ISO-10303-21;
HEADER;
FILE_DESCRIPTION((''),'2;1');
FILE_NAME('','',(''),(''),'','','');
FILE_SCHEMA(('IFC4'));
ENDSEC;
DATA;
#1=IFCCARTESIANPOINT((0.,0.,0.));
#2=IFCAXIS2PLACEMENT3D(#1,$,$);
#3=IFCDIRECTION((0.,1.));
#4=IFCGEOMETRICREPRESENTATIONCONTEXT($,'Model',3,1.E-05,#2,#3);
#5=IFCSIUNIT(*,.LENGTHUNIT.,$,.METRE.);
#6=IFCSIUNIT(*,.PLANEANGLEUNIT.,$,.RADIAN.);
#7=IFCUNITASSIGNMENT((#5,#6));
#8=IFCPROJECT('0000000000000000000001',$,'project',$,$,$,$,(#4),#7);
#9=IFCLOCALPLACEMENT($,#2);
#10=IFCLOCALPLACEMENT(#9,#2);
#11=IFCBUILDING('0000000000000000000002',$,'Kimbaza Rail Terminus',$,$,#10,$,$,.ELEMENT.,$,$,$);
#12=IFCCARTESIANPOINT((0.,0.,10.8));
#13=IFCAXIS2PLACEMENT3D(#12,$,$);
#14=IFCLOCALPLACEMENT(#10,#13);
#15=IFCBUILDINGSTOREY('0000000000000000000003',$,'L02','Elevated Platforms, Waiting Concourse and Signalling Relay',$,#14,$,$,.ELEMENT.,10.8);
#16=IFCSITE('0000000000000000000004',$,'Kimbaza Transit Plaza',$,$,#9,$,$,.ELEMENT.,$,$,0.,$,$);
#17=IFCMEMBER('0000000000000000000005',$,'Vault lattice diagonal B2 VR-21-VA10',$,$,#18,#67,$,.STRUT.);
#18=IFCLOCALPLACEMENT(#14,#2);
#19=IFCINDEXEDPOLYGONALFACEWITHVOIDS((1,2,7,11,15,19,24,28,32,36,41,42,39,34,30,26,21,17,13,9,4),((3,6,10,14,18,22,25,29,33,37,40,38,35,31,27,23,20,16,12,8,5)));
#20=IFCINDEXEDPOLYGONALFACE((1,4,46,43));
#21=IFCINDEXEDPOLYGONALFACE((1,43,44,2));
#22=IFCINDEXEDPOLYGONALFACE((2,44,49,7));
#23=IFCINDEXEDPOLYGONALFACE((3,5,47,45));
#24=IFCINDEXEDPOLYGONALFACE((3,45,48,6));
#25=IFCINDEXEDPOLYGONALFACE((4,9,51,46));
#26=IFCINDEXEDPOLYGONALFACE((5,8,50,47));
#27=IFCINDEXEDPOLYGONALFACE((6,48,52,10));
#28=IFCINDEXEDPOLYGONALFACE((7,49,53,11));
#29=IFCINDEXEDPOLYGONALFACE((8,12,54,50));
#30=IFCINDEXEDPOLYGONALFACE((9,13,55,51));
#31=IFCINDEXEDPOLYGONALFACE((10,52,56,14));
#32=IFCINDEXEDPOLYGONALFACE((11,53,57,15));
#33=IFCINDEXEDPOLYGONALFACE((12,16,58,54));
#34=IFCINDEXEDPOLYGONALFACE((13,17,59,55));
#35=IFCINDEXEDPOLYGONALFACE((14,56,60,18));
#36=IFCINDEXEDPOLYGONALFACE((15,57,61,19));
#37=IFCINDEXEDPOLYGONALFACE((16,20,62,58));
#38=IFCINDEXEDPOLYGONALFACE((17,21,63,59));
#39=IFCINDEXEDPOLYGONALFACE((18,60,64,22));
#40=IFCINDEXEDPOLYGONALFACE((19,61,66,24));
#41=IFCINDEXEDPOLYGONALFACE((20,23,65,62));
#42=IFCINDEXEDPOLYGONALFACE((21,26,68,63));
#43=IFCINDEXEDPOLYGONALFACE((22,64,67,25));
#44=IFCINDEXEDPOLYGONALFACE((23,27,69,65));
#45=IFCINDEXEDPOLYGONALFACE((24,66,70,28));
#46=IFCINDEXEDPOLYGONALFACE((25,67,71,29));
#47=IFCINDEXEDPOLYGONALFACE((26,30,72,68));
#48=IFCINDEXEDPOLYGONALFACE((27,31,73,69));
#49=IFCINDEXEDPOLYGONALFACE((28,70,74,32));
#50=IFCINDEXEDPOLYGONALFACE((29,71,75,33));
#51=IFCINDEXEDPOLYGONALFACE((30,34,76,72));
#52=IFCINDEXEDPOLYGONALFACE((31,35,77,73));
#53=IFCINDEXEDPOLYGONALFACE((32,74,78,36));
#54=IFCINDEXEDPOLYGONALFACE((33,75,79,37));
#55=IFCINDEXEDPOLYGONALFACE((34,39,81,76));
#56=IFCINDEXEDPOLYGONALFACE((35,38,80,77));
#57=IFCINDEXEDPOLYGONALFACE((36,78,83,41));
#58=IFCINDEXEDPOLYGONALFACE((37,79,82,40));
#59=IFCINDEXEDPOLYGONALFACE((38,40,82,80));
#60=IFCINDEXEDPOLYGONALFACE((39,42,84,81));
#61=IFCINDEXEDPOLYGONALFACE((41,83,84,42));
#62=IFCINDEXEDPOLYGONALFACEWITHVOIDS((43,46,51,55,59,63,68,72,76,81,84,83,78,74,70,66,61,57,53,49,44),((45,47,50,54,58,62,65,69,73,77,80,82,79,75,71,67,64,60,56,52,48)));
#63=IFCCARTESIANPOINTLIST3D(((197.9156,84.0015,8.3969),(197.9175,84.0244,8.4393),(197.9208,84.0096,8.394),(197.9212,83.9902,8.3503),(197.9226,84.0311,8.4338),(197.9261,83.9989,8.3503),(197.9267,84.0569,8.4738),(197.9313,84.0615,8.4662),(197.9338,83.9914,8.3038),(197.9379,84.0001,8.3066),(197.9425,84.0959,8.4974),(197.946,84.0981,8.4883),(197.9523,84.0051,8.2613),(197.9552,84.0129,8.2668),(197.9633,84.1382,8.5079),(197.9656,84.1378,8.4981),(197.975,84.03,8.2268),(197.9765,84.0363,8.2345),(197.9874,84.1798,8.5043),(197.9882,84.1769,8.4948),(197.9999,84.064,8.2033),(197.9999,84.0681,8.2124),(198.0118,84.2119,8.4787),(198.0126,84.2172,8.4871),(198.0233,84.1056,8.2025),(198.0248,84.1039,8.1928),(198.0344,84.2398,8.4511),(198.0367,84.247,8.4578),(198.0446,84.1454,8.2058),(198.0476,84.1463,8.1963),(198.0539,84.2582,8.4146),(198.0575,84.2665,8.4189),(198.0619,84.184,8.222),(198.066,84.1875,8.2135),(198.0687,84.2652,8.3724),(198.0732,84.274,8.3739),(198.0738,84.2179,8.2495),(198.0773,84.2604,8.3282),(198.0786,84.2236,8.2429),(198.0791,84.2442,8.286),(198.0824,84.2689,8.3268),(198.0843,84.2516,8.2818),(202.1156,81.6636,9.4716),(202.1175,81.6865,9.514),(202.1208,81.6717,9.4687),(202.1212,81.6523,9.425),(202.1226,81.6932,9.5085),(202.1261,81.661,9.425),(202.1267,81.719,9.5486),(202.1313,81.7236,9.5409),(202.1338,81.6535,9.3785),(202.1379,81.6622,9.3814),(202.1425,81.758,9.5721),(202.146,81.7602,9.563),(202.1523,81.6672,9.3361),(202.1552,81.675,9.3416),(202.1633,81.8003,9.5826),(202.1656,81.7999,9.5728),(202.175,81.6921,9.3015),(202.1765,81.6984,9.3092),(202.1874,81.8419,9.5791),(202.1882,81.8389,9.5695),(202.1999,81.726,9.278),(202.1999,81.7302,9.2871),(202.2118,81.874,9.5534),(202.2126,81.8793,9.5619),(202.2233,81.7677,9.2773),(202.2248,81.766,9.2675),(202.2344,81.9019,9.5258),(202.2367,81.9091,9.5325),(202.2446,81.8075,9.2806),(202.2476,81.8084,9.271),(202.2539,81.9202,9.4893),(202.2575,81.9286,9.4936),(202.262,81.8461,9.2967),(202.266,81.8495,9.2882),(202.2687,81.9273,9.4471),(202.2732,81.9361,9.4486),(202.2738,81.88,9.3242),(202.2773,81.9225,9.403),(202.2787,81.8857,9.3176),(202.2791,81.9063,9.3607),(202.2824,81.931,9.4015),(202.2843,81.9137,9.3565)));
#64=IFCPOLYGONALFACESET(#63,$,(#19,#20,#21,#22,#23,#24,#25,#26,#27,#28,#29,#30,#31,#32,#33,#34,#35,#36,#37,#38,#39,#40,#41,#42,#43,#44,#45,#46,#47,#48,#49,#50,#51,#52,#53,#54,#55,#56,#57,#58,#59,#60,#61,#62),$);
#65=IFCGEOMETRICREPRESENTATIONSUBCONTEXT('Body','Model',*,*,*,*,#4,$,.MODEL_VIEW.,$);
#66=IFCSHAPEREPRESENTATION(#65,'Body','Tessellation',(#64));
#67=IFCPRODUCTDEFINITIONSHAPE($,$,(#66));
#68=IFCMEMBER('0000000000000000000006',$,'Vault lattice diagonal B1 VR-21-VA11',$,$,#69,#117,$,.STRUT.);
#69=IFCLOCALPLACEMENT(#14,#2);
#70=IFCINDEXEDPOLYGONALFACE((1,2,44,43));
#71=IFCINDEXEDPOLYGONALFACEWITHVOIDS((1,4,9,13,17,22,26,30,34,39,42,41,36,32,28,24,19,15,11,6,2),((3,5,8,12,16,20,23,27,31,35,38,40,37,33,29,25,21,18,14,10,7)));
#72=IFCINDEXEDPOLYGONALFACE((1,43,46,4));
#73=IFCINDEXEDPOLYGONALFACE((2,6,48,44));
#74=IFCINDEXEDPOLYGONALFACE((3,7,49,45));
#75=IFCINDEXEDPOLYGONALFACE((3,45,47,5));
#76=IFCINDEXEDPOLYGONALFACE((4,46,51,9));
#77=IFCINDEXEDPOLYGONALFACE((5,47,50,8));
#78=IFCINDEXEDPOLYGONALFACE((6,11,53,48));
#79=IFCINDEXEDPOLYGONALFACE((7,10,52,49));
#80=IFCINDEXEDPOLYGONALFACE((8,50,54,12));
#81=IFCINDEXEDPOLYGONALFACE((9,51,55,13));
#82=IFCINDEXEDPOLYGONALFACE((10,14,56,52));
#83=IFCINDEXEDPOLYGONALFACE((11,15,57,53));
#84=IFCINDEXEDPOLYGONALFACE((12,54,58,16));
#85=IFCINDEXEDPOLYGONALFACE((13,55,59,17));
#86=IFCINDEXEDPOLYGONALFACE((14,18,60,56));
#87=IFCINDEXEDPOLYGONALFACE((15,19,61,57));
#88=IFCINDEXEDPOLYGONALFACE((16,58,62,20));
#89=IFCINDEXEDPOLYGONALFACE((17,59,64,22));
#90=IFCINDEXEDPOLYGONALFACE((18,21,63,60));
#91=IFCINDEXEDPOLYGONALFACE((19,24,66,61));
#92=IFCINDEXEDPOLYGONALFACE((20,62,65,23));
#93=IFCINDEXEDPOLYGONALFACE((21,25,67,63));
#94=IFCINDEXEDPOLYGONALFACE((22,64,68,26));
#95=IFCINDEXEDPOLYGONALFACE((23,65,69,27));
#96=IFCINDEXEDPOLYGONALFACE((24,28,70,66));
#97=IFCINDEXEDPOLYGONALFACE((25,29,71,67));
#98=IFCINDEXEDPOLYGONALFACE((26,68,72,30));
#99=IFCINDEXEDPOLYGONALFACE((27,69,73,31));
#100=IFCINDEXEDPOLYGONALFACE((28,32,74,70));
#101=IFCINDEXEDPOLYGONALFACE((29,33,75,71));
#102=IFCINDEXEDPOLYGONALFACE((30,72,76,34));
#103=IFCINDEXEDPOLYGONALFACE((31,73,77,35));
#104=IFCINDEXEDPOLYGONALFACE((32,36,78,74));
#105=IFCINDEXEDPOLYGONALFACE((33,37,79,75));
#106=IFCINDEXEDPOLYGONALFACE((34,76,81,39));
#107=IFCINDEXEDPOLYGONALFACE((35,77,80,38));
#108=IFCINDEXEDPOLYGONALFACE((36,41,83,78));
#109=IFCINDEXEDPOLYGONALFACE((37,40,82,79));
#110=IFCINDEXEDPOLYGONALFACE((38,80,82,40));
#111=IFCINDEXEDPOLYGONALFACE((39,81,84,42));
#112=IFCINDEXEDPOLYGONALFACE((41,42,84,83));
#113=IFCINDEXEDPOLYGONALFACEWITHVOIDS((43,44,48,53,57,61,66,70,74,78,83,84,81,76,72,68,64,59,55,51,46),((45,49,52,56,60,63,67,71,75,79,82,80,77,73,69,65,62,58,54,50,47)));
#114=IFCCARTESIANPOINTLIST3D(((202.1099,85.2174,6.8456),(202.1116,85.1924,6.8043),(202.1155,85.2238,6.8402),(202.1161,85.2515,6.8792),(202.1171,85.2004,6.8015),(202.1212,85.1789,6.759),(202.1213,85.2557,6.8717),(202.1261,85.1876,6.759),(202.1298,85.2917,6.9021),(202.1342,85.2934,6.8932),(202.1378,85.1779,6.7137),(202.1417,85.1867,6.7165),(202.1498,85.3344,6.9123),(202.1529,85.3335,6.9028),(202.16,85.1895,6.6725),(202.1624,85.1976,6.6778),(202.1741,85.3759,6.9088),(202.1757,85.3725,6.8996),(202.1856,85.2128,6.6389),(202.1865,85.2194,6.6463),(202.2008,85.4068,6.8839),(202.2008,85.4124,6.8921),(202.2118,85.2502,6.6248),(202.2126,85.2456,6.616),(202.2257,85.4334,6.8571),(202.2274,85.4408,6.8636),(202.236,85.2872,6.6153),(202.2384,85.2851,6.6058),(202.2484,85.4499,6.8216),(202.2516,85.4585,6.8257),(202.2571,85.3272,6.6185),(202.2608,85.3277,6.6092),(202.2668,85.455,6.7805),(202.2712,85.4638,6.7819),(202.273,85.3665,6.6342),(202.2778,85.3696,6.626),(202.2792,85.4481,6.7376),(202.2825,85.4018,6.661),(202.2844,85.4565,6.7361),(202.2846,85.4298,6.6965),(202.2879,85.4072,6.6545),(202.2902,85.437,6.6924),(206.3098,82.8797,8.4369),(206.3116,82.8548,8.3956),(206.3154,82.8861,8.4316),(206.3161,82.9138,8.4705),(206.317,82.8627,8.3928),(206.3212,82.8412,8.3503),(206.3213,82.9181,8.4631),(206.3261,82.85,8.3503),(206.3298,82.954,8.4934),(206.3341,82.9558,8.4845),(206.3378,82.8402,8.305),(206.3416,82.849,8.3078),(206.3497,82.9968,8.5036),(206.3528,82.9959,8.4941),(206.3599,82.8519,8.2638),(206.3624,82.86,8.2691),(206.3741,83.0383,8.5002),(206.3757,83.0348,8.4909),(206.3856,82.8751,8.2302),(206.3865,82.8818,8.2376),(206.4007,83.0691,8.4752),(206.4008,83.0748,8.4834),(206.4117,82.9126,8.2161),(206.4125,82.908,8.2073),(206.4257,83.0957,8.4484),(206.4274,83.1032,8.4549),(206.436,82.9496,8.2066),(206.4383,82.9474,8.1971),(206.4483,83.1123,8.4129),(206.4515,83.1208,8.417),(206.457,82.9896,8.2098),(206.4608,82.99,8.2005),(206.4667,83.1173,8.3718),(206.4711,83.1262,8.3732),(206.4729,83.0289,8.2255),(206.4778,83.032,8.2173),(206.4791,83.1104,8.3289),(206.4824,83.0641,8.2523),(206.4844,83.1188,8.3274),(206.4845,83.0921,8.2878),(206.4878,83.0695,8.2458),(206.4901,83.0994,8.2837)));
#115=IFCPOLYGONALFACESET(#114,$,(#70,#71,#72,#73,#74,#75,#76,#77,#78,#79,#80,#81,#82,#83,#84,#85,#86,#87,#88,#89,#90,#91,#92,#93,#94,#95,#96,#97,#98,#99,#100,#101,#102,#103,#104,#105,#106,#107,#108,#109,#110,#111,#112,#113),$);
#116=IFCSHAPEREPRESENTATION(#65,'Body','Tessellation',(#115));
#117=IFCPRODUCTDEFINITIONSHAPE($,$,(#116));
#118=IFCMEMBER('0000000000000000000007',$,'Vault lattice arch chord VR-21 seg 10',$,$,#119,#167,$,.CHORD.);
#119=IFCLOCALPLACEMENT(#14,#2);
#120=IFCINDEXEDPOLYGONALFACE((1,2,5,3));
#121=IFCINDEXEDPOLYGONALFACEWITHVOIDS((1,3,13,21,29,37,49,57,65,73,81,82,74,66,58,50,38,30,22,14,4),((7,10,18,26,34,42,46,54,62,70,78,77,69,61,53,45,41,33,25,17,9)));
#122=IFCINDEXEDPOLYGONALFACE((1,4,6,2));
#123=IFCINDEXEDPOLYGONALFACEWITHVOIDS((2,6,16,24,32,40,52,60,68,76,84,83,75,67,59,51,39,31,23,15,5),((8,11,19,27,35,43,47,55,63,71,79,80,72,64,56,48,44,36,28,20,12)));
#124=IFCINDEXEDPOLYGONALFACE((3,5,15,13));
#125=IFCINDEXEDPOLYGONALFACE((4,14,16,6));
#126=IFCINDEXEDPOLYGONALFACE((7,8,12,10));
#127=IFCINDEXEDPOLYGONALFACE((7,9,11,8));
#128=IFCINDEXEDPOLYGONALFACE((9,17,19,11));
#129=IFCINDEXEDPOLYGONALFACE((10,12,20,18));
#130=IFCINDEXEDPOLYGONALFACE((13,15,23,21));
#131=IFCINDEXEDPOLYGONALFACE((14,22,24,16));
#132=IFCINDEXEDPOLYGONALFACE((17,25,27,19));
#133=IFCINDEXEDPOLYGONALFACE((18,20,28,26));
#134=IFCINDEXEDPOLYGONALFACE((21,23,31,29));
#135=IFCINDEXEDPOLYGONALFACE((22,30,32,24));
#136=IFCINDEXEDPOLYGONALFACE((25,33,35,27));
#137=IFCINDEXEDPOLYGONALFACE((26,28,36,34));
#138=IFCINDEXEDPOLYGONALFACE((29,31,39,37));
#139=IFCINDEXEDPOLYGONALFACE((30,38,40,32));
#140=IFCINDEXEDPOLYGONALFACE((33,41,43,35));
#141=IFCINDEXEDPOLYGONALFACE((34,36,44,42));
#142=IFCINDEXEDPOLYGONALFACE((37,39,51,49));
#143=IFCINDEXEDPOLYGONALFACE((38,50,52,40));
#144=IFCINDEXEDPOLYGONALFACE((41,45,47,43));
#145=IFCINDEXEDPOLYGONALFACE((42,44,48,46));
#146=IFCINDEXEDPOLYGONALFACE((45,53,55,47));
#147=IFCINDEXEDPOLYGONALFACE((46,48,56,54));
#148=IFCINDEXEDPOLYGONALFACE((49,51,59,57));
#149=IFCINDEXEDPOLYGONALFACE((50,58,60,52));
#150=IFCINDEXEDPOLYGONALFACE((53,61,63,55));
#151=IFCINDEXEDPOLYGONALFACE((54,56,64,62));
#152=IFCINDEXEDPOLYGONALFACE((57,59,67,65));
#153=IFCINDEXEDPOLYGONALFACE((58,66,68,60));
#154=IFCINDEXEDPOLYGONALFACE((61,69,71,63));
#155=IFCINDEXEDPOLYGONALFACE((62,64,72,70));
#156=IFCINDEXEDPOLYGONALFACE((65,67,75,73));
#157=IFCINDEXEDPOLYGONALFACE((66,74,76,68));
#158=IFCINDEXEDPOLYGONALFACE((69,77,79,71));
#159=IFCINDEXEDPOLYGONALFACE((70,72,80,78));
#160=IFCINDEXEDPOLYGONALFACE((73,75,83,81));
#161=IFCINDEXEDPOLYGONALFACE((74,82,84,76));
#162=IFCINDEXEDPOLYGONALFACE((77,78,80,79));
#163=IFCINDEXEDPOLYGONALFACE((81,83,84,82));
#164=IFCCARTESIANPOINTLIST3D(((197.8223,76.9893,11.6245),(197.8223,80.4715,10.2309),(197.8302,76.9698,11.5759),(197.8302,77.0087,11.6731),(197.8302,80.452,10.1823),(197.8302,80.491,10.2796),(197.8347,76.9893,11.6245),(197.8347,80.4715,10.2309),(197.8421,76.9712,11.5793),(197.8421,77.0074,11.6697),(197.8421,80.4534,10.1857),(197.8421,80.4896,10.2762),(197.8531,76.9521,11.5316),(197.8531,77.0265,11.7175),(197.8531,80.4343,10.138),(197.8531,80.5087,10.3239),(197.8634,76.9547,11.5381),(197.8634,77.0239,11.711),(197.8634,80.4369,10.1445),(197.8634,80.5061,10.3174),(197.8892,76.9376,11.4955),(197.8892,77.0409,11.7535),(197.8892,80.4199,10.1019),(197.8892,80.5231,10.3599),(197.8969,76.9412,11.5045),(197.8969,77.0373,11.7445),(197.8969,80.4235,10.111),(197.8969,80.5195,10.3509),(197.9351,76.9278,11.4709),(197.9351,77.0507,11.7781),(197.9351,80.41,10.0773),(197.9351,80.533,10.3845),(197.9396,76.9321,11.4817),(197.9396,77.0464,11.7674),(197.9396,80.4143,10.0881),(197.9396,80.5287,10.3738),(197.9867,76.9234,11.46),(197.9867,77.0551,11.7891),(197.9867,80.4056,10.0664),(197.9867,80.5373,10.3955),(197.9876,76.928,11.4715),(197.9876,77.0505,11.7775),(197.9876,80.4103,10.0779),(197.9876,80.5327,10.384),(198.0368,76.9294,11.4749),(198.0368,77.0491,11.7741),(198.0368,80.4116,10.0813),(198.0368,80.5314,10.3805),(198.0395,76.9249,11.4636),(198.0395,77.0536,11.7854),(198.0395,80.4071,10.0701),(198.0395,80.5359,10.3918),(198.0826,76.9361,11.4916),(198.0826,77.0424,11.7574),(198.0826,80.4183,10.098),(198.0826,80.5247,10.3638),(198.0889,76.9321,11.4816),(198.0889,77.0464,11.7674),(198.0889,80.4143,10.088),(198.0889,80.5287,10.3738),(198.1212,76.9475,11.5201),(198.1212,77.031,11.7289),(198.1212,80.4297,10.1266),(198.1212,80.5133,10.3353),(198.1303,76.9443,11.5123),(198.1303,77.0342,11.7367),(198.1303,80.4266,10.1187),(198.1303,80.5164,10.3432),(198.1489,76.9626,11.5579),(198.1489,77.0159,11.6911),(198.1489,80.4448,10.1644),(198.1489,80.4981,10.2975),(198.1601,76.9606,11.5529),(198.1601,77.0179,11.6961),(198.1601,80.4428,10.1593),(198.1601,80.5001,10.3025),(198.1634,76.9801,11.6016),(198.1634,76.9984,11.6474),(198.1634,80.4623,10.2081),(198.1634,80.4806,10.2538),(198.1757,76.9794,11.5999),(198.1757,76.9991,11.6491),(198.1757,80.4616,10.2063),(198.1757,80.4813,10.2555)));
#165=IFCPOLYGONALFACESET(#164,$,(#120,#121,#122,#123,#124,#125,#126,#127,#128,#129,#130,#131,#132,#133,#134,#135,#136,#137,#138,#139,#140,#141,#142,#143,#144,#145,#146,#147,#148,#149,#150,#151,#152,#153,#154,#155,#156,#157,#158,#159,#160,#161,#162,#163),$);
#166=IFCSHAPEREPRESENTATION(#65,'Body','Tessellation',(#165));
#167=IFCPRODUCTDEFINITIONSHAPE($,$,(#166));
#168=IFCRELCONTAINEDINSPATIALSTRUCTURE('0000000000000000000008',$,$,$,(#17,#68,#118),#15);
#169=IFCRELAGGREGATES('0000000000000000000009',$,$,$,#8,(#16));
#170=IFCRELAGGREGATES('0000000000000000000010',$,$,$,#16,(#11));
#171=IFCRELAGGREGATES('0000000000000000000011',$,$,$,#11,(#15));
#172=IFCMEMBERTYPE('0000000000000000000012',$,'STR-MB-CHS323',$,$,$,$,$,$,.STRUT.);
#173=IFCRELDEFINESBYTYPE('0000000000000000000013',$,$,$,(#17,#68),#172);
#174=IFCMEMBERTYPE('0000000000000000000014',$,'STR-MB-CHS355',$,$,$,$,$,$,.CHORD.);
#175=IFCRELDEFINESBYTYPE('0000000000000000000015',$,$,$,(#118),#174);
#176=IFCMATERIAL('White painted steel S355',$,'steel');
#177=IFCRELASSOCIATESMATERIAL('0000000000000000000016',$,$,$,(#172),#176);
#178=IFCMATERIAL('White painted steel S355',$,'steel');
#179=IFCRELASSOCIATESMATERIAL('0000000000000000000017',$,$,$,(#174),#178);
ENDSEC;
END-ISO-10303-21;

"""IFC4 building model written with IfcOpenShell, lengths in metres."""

from ifc_helpers import new_model, si_unit, direction, frame, origin, origin_2d, place, context, subcontext, project, spatial, hollow_circle, extrude, material, material_profile, profile_set, type_object, element, save


model = new_model("IFC4")

# Units and contexts
model_context = context("Model", 3, precision=1e-05, world=origin(), true_north=direction((0.0, 1.0)))
body_context = subcontext(model_context, "Body", "Model", "MODEL_VIEW")
ifc_project = project(units=[si_unit("LENGTHUNIT", "METRE"), si_unit("PLANEANGLEUNIT", "RADIAN")], contexts=[model_context])

# Site, building, storey
site_placement = place(None, origin())
site = spatial("IfcSite", under=ifc_project, at=site_placement, Name="Kimbaza Transit Plaza", CompositionType="ELEMENT", RefElevation=0.0)
building_placement = place(site_placement, origin())
building = spatial("IfcBuilding", under=site, at=building_placement, Name="Kimbaza Rail Terminus", CompositionType="ELEMENT")
storey_placement = place(building_placement, frame((0.0, 0.0, 10.8)))
storey = spatial("IfcBuildingStorey", under=building, at=storey_placement, Name="L02", Description="Elevated Platforms, Waiting Concourse and Signalling Relay", CompositionType="ELEMENT", Elevation=10.8)

# Members
ifc_material_1 = material(Name="White painted steel S355", Category="steel")
ifc_material_profile_1 = material_profile(ifc_material_1, hollow_circle(Radius=0.1619, WallThickness=0.01, at=origin_2d()), Name="CHS 323.9x10")
ifc_profile_set_1 = profile_set([ifc_material_profile_1], Name="White painted steel S355")
member_type_1 = type_object("IfcMemberType", Name="STR-MB-CHS323", PredefinedType="STRUT", material=ifc_profile_set_1)
member_1_placement = place(storey_placement, frame((202.2, 81.7937, 9.425), z_axis=(-0.852699, 0.474653, -0.218194), x_axis=(-0.486372, -0.873752, 0.0)))
element("IfcMember", 1, at=member_1_placement, inside=storey, type_object=member_type_1, Name="Vault lattice diagonal B2 VR-21-VA10", PredefinedType="STRUT", context=body_context, shape_type="SweptSolid", body=[
    extrude(hollow_circle(Radius=0.1619, WallThickness=0.01, at=origin_2d()), origin(), (0.0, 0.0, 1.0), 4.9255),
])
member_2_placement = place(storey_placement, frame((206.3999, 82.9827, 8.3503), z_axis=(-0.829498, 0.461689, -0.314286), x_axis=(-0.486333, -0.873774, 0.0)))
element("IfcMember", 2, at=member_2_placement, inside=storey, type_object=member_type_1, Name="Vault lattice diagonal B1 VR-21-VA11", PredefinedType="STRUT", context=body_context, shape_type="SweptSolid", body=[
    extrude(hollow_circle(Radius=0.1619, WallThickness=0.01, at=origin_2d()), origin(), (0.0, 0.0, 1.0), 5.0632),
])
ifc_material_2 = material(Name="White painted steel S355", Category="steel")
ifc_material_profile_2 = material_profile(ifc_material_2, hollow_circle(Radius=0.1777, WallThickness=0.0125, at=origin_2d()), Name="CHS 355.6x12.5")
ifc_profile_set_2 = profile_set([ifc_material_profile_2], Name="White painted steel S355")
member_type_2 = type_object("IfcMemberType", Name="STR-MB-CHS355", PredefinedType="CHORD", material=ifc_profile_set_2)
member_3_placement = place(storey_placement, frame((198.0, 76.9893, 11.6245), z_axis=(0.0, 0.928414, -0.371548), x_axis=(-1.0, 0.0, 0.0)))
element("IfcMember", 3, at=member_3_placement, inside=storey, type_object=member_type_2, Name="Vault lattice arch chord VR-21 seg 10", PredefinedType="CHORD", context=body_context, shape_type="SweptSolid", body=[
    extrude(hollow_circle(Radius=0.1777, WallThickness=0.0125, at=origin_2d()), origin(), (0.0, 0.0, 1.0), 3.7507),
])

save(model, "model.ifc")
